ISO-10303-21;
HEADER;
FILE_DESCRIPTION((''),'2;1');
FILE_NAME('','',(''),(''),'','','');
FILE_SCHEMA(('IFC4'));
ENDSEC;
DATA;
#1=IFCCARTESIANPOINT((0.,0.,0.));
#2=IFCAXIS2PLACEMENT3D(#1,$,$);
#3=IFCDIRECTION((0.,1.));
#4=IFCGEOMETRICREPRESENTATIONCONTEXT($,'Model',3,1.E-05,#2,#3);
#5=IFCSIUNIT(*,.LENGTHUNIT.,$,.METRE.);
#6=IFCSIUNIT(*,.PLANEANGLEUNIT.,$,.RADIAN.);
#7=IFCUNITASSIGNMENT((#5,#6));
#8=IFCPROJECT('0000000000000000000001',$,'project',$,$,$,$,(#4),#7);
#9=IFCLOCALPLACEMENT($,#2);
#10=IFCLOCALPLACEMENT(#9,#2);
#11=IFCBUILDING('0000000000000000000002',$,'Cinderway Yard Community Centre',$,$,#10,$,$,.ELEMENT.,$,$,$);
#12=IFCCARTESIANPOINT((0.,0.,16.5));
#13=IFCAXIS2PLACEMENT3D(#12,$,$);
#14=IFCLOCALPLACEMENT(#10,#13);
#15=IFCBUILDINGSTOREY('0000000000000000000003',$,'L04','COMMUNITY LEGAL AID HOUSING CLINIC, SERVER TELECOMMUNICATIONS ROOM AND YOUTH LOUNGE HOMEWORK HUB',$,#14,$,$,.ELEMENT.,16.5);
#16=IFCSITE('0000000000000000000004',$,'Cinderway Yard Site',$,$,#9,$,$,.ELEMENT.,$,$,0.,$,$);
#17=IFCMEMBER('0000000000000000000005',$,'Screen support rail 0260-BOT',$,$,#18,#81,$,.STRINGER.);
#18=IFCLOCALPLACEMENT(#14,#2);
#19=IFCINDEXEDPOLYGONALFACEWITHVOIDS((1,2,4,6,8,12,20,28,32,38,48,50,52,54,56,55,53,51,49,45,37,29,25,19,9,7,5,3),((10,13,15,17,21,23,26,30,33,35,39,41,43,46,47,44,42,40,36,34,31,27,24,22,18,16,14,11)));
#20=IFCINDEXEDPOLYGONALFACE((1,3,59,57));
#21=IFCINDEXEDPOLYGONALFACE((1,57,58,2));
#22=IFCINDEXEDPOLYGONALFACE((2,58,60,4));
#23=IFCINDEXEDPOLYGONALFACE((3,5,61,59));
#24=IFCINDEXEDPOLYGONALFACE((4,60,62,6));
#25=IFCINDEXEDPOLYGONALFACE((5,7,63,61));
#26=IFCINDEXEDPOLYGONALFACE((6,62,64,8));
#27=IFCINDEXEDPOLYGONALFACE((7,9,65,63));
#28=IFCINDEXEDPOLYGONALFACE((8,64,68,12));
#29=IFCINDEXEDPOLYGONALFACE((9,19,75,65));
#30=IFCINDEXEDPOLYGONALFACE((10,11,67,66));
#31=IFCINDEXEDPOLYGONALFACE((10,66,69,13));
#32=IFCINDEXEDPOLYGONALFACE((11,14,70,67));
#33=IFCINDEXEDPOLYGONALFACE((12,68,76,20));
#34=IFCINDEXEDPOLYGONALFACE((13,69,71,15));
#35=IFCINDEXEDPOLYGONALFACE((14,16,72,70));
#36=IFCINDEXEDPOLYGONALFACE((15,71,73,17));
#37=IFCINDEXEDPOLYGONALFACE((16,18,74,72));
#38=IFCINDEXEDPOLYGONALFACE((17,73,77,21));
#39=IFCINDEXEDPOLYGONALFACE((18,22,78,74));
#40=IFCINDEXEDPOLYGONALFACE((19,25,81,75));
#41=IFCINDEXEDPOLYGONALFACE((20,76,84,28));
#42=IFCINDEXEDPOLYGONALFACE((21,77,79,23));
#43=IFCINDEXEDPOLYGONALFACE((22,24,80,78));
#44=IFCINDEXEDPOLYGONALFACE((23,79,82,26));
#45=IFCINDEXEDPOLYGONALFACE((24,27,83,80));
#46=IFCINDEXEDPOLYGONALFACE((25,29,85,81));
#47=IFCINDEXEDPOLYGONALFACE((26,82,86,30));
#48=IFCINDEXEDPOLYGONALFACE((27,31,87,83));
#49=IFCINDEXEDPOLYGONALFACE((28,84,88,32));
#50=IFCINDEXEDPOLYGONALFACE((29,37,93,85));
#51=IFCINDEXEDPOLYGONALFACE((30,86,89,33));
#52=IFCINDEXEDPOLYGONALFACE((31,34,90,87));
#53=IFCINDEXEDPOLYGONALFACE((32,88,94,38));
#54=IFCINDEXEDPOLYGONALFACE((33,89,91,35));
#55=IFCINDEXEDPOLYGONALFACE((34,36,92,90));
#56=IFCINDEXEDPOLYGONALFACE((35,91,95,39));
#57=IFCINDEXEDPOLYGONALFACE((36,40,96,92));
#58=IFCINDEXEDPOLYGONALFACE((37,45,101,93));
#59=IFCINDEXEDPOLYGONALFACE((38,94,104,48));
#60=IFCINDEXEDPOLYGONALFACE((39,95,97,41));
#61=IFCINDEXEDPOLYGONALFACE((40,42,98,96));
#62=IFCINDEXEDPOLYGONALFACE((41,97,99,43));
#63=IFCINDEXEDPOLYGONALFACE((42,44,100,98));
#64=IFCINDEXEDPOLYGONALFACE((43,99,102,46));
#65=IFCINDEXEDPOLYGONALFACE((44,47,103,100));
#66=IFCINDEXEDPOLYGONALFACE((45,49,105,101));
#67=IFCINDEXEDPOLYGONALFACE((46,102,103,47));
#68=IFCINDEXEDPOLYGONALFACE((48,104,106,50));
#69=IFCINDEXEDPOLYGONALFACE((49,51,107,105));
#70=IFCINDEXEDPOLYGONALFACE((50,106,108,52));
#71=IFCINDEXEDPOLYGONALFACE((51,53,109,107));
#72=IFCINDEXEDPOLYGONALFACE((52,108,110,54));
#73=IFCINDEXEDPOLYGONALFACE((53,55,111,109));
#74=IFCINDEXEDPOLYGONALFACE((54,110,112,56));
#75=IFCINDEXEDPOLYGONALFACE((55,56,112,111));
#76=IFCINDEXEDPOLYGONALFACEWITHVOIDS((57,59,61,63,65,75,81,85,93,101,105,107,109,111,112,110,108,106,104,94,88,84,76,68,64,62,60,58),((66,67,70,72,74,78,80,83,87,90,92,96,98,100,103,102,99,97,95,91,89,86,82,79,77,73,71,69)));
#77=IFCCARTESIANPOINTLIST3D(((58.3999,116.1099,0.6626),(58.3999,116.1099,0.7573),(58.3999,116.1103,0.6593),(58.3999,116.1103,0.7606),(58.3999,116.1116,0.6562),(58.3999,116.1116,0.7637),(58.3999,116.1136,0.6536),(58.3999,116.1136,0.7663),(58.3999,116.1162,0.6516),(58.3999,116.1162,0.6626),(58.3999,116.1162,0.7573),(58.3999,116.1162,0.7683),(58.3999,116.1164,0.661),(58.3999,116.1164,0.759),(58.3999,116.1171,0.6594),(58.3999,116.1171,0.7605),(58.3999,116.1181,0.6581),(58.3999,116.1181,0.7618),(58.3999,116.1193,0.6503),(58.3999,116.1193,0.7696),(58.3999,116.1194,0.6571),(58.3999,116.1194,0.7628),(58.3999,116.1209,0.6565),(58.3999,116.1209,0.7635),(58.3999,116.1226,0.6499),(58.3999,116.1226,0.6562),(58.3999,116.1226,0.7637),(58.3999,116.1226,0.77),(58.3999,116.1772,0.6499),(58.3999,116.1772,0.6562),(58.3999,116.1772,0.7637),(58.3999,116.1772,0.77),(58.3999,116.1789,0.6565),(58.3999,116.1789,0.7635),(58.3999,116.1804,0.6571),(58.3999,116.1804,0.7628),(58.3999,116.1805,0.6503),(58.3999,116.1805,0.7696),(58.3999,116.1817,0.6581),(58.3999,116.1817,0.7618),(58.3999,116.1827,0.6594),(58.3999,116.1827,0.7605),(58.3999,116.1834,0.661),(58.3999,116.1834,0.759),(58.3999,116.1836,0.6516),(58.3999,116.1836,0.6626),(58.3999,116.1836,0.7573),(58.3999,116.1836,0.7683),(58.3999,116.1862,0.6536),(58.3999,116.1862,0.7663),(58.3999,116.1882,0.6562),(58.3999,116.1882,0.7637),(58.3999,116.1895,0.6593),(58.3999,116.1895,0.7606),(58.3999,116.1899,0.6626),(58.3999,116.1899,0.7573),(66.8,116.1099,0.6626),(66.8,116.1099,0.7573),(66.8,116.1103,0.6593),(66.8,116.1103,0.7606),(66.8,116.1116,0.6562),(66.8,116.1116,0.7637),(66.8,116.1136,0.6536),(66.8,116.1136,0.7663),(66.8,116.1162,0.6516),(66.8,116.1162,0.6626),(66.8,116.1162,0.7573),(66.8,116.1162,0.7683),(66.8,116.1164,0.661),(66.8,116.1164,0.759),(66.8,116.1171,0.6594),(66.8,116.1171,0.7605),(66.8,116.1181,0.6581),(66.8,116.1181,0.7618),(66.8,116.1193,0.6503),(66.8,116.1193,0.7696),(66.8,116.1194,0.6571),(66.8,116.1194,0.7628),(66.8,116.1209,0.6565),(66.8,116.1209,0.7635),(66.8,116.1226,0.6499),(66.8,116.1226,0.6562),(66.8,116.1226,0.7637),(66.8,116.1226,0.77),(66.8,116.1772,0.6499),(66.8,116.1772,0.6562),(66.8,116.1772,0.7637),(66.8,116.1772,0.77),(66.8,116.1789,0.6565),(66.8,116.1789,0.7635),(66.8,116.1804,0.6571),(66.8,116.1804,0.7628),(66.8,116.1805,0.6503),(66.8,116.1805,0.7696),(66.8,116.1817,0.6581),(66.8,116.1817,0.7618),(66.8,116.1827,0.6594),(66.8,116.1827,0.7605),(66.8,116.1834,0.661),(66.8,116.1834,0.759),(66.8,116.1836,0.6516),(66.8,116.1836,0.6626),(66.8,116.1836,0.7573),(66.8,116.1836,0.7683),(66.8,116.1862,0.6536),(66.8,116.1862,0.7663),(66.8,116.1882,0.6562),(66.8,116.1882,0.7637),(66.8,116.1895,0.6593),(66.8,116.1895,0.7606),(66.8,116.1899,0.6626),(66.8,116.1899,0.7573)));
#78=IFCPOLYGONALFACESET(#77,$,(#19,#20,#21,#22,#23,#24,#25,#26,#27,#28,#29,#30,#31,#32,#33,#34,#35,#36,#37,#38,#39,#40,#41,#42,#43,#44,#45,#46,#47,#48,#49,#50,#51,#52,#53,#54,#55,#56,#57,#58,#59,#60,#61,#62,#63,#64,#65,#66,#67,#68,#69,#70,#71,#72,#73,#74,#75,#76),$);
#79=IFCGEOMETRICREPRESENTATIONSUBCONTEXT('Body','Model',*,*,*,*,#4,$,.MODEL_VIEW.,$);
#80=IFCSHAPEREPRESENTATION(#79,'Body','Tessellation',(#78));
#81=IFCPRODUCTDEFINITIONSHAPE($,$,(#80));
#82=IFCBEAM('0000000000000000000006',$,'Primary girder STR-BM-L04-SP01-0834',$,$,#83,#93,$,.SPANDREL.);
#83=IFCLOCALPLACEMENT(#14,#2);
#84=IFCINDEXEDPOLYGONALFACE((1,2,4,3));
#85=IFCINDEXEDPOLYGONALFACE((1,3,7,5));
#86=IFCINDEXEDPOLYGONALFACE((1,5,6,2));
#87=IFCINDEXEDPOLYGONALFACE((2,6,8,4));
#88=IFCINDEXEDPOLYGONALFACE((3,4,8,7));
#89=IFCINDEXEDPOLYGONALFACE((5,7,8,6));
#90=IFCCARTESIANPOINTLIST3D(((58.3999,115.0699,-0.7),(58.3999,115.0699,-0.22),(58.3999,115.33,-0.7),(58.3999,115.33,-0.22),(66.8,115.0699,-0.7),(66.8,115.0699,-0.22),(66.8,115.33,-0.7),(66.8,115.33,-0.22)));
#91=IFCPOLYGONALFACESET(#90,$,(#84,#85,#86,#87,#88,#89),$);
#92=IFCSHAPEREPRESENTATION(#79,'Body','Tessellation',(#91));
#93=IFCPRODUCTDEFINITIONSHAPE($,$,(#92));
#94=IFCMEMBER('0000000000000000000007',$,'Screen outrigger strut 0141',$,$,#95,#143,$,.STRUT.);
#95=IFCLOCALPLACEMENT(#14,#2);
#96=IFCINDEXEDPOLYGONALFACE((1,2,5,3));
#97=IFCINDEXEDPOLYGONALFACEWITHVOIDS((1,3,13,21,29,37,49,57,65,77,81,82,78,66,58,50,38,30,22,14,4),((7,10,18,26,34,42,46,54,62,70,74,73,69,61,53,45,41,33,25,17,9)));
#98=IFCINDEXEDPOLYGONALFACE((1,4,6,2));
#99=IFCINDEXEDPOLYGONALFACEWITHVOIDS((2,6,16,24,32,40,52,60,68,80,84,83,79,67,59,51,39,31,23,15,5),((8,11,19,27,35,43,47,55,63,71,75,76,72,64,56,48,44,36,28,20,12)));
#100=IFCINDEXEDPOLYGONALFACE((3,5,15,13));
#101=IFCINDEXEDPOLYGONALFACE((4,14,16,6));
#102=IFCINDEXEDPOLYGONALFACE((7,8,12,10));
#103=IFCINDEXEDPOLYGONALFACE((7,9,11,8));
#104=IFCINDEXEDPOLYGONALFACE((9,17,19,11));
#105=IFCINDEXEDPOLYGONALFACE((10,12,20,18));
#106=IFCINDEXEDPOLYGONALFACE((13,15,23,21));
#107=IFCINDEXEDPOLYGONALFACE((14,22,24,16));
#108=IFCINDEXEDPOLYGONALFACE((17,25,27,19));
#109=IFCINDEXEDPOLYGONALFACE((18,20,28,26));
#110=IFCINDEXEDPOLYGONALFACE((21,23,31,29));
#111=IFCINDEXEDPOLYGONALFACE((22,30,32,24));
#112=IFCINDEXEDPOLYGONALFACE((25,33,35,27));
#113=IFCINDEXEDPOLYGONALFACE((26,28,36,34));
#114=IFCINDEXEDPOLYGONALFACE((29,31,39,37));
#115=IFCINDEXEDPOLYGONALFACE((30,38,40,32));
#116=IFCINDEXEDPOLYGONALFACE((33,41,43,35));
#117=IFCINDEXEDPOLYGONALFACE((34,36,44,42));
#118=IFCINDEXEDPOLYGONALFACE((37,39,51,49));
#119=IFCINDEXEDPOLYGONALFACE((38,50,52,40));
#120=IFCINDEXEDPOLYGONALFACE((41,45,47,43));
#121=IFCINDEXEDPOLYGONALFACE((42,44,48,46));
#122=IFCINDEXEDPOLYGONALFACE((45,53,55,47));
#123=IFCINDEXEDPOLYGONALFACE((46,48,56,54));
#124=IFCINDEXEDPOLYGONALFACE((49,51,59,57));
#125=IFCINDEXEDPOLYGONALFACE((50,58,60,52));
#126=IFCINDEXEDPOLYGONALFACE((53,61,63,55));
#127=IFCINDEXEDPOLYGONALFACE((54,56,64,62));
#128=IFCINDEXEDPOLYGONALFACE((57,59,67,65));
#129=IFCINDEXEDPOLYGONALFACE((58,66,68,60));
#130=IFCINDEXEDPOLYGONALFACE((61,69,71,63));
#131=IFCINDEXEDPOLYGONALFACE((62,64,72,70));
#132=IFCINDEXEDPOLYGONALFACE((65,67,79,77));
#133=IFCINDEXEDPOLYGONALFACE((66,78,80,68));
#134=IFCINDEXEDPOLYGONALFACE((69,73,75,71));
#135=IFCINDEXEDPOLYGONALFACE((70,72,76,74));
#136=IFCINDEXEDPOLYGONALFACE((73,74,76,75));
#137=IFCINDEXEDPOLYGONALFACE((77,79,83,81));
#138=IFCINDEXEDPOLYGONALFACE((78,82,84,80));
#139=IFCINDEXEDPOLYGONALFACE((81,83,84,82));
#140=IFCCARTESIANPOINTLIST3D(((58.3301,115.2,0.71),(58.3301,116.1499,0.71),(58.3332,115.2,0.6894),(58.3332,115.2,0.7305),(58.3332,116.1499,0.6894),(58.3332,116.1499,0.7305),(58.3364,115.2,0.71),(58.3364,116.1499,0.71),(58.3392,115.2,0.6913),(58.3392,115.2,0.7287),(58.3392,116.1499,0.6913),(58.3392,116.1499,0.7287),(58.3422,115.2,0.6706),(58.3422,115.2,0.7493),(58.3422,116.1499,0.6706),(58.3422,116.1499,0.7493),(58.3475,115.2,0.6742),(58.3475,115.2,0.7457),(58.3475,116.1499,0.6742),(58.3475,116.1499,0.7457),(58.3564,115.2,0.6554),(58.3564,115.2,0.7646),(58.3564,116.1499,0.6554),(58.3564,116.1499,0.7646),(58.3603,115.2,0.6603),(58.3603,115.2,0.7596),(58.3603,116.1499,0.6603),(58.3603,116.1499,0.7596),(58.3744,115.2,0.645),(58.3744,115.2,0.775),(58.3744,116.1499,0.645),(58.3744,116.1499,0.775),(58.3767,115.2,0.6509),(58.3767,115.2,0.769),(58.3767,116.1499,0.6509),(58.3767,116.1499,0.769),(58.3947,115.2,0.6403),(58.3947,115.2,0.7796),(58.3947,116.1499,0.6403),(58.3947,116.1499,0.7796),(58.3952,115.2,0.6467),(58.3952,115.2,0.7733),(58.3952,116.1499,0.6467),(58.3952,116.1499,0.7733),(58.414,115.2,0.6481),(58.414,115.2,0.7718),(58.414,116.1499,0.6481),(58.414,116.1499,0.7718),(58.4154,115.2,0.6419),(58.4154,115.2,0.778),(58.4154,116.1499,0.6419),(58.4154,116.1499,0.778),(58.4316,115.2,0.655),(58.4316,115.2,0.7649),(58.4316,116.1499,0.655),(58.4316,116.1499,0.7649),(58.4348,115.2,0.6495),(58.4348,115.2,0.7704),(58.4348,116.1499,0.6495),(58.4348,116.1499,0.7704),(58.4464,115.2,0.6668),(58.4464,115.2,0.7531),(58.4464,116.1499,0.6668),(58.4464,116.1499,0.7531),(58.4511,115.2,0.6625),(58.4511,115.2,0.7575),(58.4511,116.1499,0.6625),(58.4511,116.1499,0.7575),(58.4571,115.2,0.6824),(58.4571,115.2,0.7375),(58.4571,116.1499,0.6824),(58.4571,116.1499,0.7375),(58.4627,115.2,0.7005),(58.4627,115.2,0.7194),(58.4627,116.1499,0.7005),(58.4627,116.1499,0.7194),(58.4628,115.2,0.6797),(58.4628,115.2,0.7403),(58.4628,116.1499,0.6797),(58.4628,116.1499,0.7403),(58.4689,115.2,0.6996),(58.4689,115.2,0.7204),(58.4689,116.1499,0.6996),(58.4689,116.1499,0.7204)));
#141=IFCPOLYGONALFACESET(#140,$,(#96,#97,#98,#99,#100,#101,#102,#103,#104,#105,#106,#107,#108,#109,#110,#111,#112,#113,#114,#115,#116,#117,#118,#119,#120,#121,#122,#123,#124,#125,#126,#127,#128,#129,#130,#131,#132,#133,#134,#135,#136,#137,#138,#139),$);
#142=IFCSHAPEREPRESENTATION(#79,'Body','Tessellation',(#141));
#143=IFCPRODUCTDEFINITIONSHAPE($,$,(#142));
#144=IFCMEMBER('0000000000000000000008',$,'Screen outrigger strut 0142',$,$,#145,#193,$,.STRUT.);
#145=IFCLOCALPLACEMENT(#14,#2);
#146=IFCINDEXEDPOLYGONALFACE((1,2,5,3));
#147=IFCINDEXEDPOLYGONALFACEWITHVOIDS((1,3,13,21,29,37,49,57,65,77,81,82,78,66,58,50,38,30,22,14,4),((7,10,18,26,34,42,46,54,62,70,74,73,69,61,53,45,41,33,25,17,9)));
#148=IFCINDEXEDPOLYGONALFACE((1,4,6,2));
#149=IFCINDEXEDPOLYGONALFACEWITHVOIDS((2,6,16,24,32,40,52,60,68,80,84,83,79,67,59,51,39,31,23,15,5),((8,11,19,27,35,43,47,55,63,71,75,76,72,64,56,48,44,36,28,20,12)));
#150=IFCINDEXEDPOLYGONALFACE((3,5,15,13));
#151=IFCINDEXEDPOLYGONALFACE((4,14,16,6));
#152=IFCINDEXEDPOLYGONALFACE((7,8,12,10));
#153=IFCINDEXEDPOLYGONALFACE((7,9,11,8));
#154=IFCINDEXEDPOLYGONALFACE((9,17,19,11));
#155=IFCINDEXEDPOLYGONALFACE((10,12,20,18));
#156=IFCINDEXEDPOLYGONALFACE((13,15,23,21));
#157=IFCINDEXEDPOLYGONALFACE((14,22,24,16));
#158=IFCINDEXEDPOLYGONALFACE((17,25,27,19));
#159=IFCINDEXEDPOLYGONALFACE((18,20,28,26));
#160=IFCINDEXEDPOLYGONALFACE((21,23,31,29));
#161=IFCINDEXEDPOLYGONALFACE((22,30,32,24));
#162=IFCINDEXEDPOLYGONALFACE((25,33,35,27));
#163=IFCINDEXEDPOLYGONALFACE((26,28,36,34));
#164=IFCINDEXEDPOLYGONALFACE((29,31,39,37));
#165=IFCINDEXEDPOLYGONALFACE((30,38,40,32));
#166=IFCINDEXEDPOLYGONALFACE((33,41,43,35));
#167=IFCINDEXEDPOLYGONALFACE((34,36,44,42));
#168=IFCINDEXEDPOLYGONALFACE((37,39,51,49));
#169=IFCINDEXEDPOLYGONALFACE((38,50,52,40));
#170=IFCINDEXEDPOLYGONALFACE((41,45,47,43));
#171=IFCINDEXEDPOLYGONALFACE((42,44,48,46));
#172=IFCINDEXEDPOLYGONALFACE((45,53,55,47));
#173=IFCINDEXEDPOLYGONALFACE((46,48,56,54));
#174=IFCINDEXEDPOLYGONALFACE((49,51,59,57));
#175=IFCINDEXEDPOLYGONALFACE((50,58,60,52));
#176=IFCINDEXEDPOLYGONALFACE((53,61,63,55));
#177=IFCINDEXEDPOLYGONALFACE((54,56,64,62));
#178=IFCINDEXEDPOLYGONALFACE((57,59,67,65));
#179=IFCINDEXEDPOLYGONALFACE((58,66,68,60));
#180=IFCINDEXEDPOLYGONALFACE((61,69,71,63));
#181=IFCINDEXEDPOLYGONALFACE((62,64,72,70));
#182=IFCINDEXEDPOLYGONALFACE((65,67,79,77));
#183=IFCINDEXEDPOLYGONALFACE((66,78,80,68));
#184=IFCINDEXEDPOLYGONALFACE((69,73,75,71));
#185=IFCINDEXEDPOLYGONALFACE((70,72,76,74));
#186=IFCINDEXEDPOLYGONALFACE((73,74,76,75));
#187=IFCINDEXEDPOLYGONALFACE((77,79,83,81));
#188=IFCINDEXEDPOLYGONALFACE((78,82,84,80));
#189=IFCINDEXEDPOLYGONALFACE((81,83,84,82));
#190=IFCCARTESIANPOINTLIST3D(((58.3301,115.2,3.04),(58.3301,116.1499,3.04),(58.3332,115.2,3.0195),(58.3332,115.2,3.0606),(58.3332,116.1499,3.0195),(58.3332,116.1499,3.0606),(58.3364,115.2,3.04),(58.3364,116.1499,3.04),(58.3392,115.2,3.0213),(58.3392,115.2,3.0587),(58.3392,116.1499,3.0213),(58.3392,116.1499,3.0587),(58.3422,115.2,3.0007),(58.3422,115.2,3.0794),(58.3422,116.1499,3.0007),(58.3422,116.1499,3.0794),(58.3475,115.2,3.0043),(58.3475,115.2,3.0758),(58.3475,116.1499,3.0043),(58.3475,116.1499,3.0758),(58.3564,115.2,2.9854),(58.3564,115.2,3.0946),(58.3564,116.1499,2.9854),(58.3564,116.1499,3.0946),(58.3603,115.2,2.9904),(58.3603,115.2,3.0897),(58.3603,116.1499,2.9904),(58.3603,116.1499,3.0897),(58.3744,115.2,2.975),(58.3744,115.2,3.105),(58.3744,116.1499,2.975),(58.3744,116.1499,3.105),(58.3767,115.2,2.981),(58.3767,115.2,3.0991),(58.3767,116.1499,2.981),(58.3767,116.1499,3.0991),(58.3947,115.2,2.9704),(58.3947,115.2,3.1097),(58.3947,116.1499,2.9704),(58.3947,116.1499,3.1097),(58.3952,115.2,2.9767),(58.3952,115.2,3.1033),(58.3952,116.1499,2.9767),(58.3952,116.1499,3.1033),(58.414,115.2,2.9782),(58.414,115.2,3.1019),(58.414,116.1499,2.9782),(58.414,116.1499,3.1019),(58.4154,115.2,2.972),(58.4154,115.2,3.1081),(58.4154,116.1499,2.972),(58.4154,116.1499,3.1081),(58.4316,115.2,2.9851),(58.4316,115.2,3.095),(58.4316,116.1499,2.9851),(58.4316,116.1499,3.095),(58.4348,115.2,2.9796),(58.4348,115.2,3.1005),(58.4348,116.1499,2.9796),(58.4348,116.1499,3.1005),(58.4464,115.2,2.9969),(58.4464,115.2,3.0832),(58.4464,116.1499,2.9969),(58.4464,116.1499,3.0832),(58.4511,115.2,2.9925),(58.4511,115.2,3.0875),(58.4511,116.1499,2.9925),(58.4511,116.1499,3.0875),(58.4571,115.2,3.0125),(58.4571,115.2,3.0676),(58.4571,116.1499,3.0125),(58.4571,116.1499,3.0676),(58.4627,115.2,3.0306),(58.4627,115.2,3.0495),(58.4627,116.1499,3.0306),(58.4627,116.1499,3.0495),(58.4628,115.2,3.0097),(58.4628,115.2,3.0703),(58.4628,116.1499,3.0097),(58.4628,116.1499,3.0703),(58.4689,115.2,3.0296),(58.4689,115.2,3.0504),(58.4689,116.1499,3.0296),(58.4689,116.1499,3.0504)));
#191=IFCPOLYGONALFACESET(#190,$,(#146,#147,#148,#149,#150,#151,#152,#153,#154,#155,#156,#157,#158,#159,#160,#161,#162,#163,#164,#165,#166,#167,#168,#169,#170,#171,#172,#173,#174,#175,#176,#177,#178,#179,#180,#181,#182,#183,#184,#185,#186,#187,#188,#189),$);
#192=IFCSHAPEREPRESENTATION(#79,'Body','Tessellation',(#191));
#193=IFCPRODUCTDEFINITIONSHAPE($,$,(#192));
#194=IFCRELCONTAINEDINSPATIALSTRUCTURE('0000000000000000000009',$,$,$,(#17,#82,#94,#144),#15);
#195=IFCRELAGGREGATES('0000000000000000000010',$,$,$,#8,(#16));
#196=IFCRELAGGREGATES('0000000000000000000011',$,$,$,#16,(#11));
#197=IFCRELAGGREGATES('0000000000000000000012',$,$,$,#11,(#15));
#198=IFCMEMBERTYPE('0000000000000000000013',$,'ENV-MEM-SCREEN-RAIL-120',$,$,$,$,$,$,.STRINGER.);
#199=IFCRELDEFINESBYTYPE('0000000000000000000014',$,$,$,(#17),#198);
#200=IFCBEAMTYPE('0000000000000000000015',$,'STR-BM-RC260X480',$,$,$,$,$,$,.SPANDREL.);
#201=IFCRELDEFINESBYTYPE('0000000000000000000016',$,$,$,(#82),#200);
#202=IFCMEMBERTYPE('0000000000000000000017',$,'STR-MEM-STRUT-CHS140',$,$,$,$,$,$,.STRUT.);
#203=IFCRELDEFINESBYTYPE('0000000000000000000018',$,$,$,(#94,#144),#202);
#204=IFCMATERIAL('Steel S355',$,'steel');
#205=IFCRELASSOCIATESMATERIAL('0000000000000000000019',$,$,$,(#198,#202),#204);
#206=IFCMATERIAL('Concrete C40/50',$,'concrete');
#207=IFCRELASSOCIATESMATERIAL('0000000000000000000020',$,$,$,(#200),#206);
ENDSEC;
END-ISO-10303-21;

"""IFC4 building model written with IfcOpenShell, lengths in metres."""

from ifc_helpers import new_model, si_unit, direction, frame, origin, origin_2d, place, context, subcontext, project, spatial, rectangle, hollow_rectangle, hollow_circle, extrude, material, material_profile, profile_set, type_object, element, save


model = new_model("IFC4")

# Units and contexts
model_context = context("Model", 3, precision=1e-05, world=origin(), true_north=direction((0.0, 1.0)))
body_context = subcontext(model_context, "Body", "Model", "MODEL_VIEW")
ifc_project = project(units=[si_unit("LENGTHUNIT", "METRE"), si_unit("PLANEANGLEUNIT", "RADIAN")], contexts=[model_context])

# Site, building, storey
site_placement = place(None, origin())
site = spatial("IfcSite", under=ifc_project, at=site_placement, Name="Cinderway Yard Site", CompositionType="ELEMENT", RefElevation=0.0)
building_placement = place(site_placement, origin())
building = spatial("IfcBuilding", under=site, at=building_placement, Name="Cinderway Yard Community Centre", CompositionType="ELEMENT")
storey_placement = place(building_placement, frame((0.0, 0.0, 16.5)))
storey = spatial("IfcBuildingStorey", under=building, at=storey_placement, Name="L04", Description="COMMUNITY LEGAL AID HOUSING CLINIC, SERVER TELECOMMUNICATIONS ROOM AND YOUTH LOUNGE HOMEWORK HUB", CompositionType="ELEMENT", Elevation=16.5)

# Shared definitions
ifc_material_1 = material(Name="Concrete C40/50", Category="concrete")

# Member
ifc_material_2 = material(Name="Steel S355", Category="steel")
ifc_material_profile_1 = material_profile(ifc_material_2, hollow_rectangle(XDim=0.0801, YDim=0.1201, WallThickness=0.0063, InnerFilletRadius=0.0063, OuterFilletRadius=0.0127, at=origin_2d()), Name="Steel S355")
ifc_profile_set_1 = profile_set([ifc_material_profile_1], Name="Steel S355")
member_type_1 = type_object("IfcMemberType", Name="ENV-MEM-SCREEN-RAIL-120", PredefinedType="STRINGER", material=ifc_profile_set_1)
member_1_placement = place(storey_placement, frame((58.3999, 116.1499, 0.71), z_axis=(1.0, 0.0, 0.0), x_axis=(0.0, 1.0, 0.0)))
element("IfcMember", 1, at=member_1_placement, inside=storey, type_object=member_type_1, Name="Screen support rail 0260-BOT", PredefinedType="STRINGER", context=body_context, shape_type="SweptSolid", body=[
    extrude(hollow_rectangle(XDim=0.0801, YDim=0.1201, WallThickness=0.0063, InnerFilletRadius=0.0063, OuterFilletRadius=0.0127, at=origin_2d()), origin(), (0.0, 0.0, 1.0), 8.4001),
])

# Beam
ifc_material_profile_2 = material_profile(ifc_material_1, rectangle(XDim=0.26, YDim=0.48, at=origin_2d()), Name="Concrete C40/50")
ifc_profile_set_2 = profile_set([ifc_material_profile_2], Name="Concrete C40/50")
beam_type = type_object("IfcBeamType", Name="STR-BM-RC260X480", PredefinedType="SPANDREL", material=ifc_profile_set_2)
beam_placement = place(storey_placement, frame((58.3999, 115.2, -0.46), z_axis=(1.0, 0.0, 0.0), x_axis=(0.0, 1.0, 0.0)))
element("IfcBeam", 2, at=beam_placement, inside=storey, type_object=beam_type, Name="Primary girder STR-BM-L04-SP01-0834", PredefinedType="SPANDREL", context=body_context, shape_type="SweptSolid", body=[
    extrude(rectangle(XDim=0.26, YDim=0.48, at=origin_2d()), origin(), (0.0, 0.0, 1.0), 8.4001),
])

# Members
ifc_material_profile_3 = material_profile(ifc_material_2, hollow_circle(Radius=0.0698, WallThickness=0.0063, at=origin_2d()), Name="Steel S355")
ifc_profile_set_3 = profile_set([ifc_material_profile_3], Name="Steel S355")
member_type_2 = type_object("IfcMemberType", Name="STR-MEM-STRUT-CHS140", PredefinedType="STRUT", material=ifc_profile_set_3)
for number, where, z_axis, x_axis, name in (
    (3, (58.3999, 115.2, 0.71), (0.0, 1.0, 0.0), (-1.0, 0.0, 0.0), "Screen outrigger strut 0141"),
    (4, (58.3999, 115.2, 3.04), (0.0, 1.0, 0.0), (-1.0, 0.0, 0.0), "Screen outrigger strut 0142"),
):
    element("IfcMember", number, at=place(storey_placement, frame(where, z_axis=z_axis, x_axis=x_axis)), inside=storey, type_object=member_type_2, Name=name, PredefinedType="STRUT", context=body_context, shape_type="SweptSolid", body=[
        extrude(hollow_circle(Radius=0.0698, WallThickness=0.0063, at=origin_2d()), origin(), (0.0, 0.0, 1.0), 0.95),
    ])

save(model, "model.ifc")
